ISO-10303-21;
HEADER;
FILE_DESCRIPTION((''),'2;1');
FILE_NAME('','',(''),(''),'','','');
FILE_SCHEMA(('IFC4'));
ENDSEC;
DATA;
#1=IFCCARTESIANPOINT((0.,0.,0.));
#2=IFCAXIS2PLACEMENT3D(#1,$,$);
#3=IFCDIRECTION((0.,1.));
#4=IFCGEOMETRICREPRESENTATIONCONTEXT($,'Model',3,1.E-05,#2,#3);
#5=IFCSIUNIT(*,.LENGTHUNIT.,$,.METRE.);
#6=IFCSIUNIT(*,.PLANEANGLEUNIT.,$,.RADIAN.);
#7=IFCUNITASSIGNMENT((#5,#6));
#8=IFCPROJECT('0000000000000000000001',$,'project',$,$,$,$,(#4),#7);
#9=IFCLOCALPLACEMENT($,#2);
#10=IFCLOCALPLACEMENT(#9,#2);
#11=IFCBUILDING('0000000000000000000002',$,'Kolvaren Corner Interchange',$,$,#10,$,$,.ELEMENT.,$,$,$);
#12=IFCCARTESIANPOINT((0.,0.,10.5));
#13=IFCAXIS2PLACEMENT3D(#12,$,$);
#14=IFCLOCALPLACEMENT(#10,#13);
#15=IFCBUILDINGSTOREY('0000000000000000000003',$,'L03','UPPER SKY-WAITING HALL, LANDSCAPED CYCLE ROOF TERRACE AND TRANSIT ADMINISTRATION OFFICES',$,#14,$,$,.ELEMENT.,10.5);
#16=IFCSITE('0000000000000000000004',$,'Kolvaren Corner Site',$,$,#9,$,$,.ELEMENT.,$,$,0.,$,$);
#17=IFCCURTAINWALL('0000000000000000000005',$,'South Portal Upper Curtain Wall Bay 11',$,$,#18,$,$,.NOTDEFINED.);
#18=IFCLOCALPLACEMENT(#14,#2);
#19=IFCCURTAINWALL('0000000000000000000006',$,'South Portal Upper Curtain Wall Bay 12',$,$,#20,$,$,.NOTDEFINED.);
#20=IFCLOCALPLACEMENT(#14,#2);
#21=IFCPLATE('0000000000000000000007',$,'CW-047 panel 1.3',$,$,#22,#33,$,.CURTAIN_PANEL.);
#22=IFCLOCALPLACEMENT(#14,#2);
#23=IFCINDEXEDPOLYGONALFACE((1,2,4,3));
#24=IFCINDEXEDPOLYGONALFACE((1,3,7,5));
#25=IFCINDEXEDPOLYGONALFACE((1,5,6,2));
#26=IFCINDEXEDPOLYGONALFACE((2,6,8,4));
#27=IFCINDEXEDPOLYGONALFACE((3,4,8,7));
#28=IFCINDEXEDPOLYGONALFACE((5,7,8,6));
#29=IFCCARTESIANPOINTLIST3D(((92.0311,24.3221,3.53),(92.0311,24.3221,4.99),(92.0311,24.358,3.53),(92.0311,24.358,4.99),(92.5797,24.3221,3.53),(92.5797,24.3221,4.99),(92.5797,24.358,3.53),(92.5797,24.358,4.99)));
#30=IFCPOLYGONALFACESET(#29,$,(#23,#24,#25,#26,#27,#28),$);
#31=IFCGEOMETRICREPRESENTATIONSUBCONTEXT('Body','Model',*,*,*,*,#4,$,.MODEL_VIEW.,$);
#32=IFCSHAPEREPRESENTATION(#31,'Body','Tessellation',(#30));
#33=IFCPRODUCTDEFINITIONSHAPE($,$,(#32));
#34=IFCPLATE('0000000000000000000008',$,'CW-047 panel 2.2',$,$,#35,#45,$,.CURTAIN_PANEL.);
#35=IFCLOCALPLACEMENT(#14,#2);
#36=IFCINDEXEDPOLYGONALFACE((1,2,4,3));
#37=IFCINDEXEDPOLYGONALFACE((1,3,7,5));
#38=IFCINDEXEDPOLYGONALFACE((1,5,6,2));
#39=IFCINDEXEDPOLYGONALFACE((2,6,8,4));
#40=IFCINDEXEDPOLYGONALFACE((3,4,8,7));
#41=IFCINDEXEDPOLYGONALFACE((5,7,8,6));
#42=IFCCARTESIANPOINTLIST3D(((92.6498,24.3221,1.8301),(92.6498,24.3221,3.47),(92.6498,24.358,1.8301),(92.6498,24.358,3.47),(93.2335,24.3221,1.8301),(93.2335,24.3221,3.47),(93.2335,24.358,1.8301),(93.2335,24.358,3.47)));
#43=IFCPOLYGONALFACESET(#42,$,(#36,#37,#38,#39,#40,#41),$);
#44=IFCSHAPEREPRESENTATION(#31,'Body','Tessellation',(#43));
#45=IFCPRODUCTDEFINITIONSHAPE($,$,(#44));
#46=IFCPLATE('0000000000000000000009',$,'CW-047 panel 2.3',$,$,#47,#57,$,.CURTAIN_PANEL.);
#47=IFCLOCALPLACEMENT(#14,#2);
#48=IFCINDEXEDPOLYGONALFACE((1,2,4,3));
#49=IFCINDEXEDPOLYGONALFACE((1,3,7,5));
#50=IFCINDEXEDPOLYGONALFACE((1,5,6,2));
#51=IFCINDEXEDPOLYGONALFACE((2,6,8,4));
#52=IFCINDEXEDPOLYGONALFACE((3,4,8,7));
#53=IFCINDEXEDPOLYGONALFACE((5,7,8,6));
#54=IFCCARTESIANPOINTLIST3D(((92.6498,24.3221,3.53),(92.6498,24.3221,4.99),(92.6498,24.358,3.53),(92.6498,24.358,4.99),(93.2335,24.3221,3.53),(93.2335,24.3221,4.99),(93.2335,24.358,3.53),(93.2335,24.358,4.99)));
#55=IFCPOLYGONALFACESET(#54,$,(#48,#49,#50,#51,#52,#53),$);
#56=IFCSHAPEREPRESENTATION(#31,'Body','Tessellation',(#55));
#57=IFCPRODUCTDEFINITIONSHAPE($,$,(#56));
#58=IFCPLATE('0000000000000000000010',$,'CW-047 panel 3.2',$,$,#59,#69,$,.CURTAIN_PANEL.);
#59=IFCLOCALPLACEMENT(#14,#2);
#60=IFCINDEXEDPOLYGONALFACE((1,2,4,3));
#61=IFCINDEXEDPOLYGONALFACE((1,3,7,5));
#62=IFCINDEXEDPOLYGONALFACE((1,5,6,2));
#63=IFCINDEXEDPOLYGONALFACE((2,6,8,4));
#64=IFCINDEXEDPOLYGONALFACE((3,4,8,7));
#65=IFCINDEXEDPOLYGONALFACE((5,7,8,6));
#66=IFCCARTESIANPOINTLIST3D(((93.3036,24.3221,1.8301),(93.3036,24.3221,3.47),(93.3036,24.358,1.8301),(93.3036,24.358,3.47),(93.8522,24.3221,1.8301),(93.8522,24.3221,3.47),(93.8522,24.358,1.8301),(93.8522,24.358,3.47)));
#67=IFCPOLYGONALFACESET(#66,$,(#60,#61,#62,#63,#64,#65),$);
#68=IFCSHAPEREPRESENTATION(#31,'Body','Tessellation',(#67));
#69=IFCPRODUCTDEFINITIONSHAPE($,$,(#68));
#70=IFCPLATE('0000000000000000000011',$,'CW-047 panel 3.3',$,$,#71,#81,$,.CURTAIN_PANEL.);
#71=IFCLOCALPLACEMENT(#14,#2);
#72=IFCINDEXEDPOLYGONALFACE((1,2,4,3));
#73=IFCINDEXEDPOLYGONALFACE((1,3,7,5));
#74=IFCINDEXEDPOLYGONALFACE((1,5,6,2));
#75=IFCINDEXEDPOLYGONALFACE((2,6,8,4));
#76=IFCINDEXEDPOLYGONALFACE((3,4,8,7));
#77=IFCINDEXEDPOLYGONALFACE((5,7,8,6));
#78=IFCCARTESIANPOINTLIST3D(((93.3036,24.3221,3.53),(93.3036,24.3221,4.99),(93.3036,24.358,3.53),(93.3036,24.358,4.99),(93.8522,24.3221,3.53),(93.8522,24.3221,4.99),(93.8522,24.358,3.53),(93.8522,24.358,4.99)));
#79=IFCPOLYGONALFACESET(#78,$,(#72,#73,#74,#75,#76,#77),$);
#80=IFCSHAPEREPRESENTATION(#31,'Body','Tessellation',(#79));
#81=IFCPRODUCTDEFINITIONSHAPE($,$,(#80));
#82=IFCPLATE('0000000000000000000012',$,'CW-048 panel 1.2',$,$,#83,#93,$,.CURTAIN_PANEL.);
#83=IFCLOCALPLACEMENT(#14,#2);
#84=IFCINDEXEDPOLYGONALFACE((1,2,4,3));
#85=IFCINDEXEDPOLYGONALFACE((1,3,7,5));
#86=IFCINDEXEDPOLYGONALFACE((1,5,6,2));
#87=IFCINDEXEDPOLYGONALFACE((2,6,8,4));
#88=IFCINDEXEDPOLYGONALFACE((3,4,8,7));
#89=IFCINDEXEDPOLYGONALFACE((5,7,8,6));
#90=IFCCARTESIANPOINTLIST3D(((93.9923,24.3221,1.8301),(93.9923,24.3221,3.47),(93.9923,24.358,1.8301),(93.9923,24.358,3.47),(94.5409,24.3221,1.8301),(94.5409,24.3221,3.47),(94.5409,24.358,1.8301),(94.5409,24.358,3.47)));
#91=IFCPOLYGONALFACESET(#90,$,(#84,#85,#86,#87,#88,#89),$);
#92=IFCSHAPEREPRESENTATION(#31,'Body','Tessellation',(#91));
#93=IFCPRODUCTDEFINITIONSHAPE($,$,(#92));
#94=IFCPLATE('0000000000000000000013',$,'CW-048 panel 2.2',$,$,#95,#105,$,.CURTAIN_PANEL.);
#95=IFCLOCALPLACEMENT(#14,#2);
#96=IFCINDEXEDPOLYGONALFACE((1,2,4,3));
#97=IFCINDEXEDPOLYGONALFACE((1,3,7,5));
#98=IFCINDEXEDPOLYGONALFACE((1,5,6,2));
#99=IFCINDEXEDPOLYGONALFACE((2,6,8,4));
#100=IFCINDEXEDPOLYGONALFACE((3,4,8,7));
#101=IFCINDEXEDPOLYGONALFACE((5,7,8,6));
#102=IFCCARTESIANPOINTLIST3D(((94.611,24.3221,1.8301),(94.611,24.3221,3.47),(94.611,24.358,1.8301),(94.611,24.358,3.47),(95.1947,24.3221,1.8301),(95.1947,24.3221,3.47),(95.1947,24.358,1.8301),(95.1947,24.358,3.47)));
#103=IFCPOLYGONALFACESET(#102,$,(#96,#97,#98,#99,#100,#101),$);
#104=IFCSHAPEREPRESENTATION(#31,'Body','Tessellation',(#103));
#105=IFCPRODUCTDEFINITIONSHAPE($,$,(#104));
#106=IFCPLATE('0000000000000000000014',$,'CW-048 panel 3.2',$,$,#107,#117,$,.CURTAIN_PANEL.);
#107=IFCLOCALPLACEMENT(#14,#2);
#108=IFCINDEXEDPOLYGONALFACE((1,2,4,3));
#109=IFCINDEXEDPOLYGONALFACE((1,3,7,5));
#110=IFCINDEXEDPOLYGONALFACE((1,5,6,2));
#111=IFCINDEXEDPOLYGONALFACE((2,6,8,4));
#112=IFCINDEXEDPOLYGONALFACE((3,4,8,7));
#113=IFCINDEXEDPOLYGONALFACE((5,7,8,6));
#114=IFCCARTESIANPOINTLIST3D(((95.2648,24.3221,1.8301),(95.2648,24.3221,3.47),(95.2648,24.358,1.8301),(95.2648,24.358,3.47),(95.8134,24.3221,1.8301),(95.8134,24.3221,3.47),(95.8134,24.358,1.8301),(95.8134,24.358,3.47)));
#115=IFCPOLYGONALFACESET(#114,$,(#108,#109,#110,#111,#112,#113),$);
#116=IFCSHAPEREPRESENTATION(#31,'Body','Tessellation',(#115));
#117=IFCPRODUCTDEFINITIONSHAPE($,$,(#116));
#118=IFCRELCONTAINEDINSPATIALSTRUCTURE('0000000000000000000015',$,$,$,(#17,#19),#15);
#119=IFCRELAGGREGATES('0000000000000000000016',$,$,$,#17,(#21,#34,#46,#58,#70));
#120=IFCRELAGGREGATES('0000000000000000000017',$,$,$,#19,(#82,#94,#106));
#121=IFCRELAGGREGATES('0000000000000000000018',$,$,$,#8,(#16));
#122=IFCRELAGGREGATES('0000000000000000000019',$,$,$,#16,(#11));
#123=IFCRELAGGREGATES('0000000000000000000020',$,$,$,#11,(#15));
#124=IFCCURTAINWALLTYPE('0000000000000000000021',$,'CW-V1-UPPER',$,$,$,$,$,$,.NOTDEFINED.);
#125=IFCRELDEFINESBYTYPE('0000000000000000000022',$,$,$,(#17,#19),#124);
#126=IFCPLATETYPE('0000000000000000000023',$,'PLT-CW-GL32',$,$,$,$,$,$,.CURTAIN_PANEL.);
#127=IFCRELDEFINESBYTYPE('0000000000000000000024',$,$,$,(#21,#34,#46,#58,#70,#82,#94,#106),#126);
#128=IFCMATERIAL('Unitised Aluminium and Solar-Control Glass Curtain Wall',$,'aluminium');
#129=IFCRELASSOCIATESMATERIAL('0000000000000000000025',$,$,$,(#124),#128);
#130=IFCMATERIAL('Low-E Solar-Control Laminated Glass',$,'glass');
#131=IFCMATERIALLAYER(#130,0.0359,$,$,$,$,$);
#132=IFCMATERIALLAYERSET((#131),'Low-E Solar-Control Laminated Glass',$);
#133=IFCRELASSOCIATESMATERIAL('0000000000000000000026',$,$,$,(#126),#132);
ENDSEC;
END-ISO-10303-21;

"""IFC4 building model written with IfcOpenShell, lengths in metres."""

from ifc_helpers import new_model, si_unit, direction, frame, origin, origin_2d, place, context, subcontext, project, spatial, rectangle, extrude, material, layer, layer_set, type_object, element, aggregate, save


model = new_model("IFC4")

# Units and contexts
model_context = context("Model", 3, precision=1e-05, world=origin(), true_north=direction((0.0, 1.0)))
body_context = subcontext(model_context, "Body", "Model", "MODEL_VIEW")
ifc_project = project(units=[si_unit("LENGTHUNIT", "METRE"), si_unit("PLANEANGLEUNIT", "RADIAN")], contexts=[model_context])

# Site, building, storey
site_placement = place(None, origin())
site = spatial("IfcSite", under=ifc_project, at=site_placement, Name="Kolvaren Corner Site", CompositionType="ELEMENT", RefElevation=0.0)
building_placement = place(site_placement, origin())
building = spatial("IfcBuilding", under=site, at=building_placement, Name="Kolvaren Corner Interchange", CompositionType="ELEMENT")
storey_placement = place(building_placement, frame((0.0, 0.0, 10.5)))
storey = spatial("IfcBuildingStorey", under=building, at=storey_placement, Name="L03", Description="UPPER SKY-WAITING HALL, LANDSCAPED CYCLE ROOF TERRACE AND TRANSIT ADMINISTRATION OFFICES", CompositionType="ELEMENT", Elevation=10.5)

# Curtain walls
ifc_material_1 = material(Name="Unitised Aluminium and Solar-Control Glass Curtain Wall", Category="aluminium")
curtain_wall_type = type_object("IfcCurtainWallType", Name="CW-V1-UPPER", PredefinedType="NOTDEFINED", material=ifc_material_1)
curtain_wall_1_placement = place(storey_placement, origin())
curtain_wall_1 = element("IfcCurtainWall", 1, at=curtain_wall_1_placement, inside=storey, type_object=curtain_wall_type, Name="South Portal Upper Curtain Wall Bay 11", PredefinedType="NOTDEFINED")
curtain_wall_2_placement = place(storey_placement, origin())
curtain_wall_2 = element("IfcCurtainWall", 2, at=curtain_wall_2_placement, inside=storey, type_object=curtain_wall_type, Name="South Portal Upper Curtain Wall Bay 12", PredefinedType="NOTDEFINED")

# Plates
ifc_material_2 = material(Name="Low-E Solar-Control Laminated Glass", Category="glass")
ifc_layer = layer(ifc_material_2, 0.0359)
ifc_layer_set = layer_set([ifc_layer], Name="Low-E Solar-Control Laminated Glass")
plate_type = type_object("IfcPlateType", Name="PLT-CW-GL32", PredefinedType="CURTAIN_PANEL", material=ifc_layer_set)
plate_1_placement = place(storey_placement, frame((92.3054, 24.3401, 3.53), z_axis=(0.0, 0.0, 1.0), x_axis=(1.0, 0.0, 0.0)))
plate_1 = element("IfcPlate", 3, at=plate_1_placement, type_object=plate_type, Name="CW-047 panel 1.3", PredefinedType="CURTAIN_PANEL", context=body_context, shape_type="SweptSolid", body=[
    extrude(rectangle(XDim=0.5486, YDim=0.0359, at=origin_2d()), origin(), (0.0, 0.0, 1.0), 1.46),
])
plate_2_placement = place(storey_placement, frame((92.9417, 24.3401, 1.8301), z_axis=(0.0, 0.0, 1.0), x_axis=(1.0, 0.0, 0.0)))
plate_2 = element("IfcPlate", 4, at=plate_2_placement, type_object=plate_type, Name="CW-047 panel 2.2", PredefinedType="CURTAIN_PANEL", context=body_context, shape_type="SweptSolid", body=[
    extrude(rectangle(XDim=0.5837, YDim=0.0359, at=origin_2d()), origin(), (0.0, 0.0, 1.0), 1.6399),
])
plate_3_placement = place(storey_placement, frame((92.9417, 24.3401, 3.53), z_axis=(0.0, 0.0, 1.0), x_axis=(1.0, 0.0, 0.0)))
plate_3 = element("IfcPlate", 5, at=plate_3_placement, type_object=plate_type, Name="CW-047 panel 2.3", PredefinedType="CURTAIN_PANEL", context=body_context, shape_type="SweptSolid", body=[
    extrude(rectangle(XDim=0.5837, YDim=0.0359, at=origin_2d()), origin(), (0.0, 0.0, 1.0), 1.46),
])
plate_4_placement = place(storey_placement, frame((93.5779, 24.3401, 1.8301), z_axis=(0.0, 0.0, 1.0), x_axis=(1.0, 0.0, 0.0)))
plate_4 = element("IfcPlate", 6, at=plate_4_placement, type_object=plate_type, Name="CW-047 panel 3.2", PredefinedType="CURTAIN_PANEL", context=body_context, shape_type="SweptSolid", body=[
    extrude(rectangle(XDim=0.5486, YDim=0.0359, at=origin_2d()), origin(), (0.0, 0.0, 1.0), 1.6399),
])
plate_5_placement = place(storey_placement, frame((93.5779, 24.3401, 3.53), z_axis=(0.0, 0.0, 1.0), x_axis=(1.0, 0.0, 0.0)))
plate_5 = element("IfcPlate", 7, at=plate_5_placement, type_object=plate_type, Name="CW-047 panel 3.3", PredefinedType="CURTAIN_PANEL", context=body_context, shape_type="SweptSolid", body=[
    extrude(rectangle(XDim=0.5486, YDim=0.0359, at=origin_2d()), origin(), (0.0, 0.0, 1.0), 1.46),
])
aggregate(curtain_wall_1, [plate_1, plate_2, plate_3, plate_4, plate_5])
plate_6_placement = place(storey_placement, frame((94.2666, 24.3401, 1.8301), z_axis=(0.0, 0.0, 1.0), x_axis=(1.0, 0.0, 0.0)))
plate_6 = element("IfcPlate", 8, at=plate_6_placement, type_object=plate_type, Name="CW-048 panel 1.2", PredefinedType="CURTAIN_PANEL", context=body_context, shape_type="SweptSolid", body=[
    extrude(rectangle(XDim=0.5486, YDim=0.0359, at=origin_2d()), origin(), (0.0, 0.0, 1.0), 1.6399),
])
plate_7_placement = place(storey_placement, frame((94.9028, 24.3401, 1.8301), z_axis=(0.0, 0.0, 1.0), x_axis=(1.0, 0.0, 0.0)))
plate_7 = element("IfcPlate", 9, at=plate_7_placement, type_object=plate_type, Name="CW-048 panel 2.2", PredefinedType="CURTAIN_PANEL", context=body_context, shape_type="SweptSolid", body=[
    extrude(rectangle(XDim=0.5837, YDim=0.0359, at=origin_2d()), origin(), (0.0, 0.0, 1.0), 1.6399),
])
plate_8_placement = place(storey_placement, frame((95.5391, 24.3401, 1.8301), z_axis=(0.0, 0.0, 1.0), x_axis=(1.0, 0.0, 0.0)))
plate_8 = element("IfcPlate", 10, at=plate_8_placement, type_object=plate_type, Name="CW-048 panel 3.2", PredefinedType="CURTAIN_PANEL", context=body_context, shape_type="SweptSolid", body=[
    extrude(rectangle(XDim=0.5486, YDim=0.0359, at=origin_2d()), origin(), (0.0, 0.0, 1.0), 1.6399),
])
aggregate(curtain_wall_2, [plate_6, plate_7, plate_8])

save(model, "model.ifc")
